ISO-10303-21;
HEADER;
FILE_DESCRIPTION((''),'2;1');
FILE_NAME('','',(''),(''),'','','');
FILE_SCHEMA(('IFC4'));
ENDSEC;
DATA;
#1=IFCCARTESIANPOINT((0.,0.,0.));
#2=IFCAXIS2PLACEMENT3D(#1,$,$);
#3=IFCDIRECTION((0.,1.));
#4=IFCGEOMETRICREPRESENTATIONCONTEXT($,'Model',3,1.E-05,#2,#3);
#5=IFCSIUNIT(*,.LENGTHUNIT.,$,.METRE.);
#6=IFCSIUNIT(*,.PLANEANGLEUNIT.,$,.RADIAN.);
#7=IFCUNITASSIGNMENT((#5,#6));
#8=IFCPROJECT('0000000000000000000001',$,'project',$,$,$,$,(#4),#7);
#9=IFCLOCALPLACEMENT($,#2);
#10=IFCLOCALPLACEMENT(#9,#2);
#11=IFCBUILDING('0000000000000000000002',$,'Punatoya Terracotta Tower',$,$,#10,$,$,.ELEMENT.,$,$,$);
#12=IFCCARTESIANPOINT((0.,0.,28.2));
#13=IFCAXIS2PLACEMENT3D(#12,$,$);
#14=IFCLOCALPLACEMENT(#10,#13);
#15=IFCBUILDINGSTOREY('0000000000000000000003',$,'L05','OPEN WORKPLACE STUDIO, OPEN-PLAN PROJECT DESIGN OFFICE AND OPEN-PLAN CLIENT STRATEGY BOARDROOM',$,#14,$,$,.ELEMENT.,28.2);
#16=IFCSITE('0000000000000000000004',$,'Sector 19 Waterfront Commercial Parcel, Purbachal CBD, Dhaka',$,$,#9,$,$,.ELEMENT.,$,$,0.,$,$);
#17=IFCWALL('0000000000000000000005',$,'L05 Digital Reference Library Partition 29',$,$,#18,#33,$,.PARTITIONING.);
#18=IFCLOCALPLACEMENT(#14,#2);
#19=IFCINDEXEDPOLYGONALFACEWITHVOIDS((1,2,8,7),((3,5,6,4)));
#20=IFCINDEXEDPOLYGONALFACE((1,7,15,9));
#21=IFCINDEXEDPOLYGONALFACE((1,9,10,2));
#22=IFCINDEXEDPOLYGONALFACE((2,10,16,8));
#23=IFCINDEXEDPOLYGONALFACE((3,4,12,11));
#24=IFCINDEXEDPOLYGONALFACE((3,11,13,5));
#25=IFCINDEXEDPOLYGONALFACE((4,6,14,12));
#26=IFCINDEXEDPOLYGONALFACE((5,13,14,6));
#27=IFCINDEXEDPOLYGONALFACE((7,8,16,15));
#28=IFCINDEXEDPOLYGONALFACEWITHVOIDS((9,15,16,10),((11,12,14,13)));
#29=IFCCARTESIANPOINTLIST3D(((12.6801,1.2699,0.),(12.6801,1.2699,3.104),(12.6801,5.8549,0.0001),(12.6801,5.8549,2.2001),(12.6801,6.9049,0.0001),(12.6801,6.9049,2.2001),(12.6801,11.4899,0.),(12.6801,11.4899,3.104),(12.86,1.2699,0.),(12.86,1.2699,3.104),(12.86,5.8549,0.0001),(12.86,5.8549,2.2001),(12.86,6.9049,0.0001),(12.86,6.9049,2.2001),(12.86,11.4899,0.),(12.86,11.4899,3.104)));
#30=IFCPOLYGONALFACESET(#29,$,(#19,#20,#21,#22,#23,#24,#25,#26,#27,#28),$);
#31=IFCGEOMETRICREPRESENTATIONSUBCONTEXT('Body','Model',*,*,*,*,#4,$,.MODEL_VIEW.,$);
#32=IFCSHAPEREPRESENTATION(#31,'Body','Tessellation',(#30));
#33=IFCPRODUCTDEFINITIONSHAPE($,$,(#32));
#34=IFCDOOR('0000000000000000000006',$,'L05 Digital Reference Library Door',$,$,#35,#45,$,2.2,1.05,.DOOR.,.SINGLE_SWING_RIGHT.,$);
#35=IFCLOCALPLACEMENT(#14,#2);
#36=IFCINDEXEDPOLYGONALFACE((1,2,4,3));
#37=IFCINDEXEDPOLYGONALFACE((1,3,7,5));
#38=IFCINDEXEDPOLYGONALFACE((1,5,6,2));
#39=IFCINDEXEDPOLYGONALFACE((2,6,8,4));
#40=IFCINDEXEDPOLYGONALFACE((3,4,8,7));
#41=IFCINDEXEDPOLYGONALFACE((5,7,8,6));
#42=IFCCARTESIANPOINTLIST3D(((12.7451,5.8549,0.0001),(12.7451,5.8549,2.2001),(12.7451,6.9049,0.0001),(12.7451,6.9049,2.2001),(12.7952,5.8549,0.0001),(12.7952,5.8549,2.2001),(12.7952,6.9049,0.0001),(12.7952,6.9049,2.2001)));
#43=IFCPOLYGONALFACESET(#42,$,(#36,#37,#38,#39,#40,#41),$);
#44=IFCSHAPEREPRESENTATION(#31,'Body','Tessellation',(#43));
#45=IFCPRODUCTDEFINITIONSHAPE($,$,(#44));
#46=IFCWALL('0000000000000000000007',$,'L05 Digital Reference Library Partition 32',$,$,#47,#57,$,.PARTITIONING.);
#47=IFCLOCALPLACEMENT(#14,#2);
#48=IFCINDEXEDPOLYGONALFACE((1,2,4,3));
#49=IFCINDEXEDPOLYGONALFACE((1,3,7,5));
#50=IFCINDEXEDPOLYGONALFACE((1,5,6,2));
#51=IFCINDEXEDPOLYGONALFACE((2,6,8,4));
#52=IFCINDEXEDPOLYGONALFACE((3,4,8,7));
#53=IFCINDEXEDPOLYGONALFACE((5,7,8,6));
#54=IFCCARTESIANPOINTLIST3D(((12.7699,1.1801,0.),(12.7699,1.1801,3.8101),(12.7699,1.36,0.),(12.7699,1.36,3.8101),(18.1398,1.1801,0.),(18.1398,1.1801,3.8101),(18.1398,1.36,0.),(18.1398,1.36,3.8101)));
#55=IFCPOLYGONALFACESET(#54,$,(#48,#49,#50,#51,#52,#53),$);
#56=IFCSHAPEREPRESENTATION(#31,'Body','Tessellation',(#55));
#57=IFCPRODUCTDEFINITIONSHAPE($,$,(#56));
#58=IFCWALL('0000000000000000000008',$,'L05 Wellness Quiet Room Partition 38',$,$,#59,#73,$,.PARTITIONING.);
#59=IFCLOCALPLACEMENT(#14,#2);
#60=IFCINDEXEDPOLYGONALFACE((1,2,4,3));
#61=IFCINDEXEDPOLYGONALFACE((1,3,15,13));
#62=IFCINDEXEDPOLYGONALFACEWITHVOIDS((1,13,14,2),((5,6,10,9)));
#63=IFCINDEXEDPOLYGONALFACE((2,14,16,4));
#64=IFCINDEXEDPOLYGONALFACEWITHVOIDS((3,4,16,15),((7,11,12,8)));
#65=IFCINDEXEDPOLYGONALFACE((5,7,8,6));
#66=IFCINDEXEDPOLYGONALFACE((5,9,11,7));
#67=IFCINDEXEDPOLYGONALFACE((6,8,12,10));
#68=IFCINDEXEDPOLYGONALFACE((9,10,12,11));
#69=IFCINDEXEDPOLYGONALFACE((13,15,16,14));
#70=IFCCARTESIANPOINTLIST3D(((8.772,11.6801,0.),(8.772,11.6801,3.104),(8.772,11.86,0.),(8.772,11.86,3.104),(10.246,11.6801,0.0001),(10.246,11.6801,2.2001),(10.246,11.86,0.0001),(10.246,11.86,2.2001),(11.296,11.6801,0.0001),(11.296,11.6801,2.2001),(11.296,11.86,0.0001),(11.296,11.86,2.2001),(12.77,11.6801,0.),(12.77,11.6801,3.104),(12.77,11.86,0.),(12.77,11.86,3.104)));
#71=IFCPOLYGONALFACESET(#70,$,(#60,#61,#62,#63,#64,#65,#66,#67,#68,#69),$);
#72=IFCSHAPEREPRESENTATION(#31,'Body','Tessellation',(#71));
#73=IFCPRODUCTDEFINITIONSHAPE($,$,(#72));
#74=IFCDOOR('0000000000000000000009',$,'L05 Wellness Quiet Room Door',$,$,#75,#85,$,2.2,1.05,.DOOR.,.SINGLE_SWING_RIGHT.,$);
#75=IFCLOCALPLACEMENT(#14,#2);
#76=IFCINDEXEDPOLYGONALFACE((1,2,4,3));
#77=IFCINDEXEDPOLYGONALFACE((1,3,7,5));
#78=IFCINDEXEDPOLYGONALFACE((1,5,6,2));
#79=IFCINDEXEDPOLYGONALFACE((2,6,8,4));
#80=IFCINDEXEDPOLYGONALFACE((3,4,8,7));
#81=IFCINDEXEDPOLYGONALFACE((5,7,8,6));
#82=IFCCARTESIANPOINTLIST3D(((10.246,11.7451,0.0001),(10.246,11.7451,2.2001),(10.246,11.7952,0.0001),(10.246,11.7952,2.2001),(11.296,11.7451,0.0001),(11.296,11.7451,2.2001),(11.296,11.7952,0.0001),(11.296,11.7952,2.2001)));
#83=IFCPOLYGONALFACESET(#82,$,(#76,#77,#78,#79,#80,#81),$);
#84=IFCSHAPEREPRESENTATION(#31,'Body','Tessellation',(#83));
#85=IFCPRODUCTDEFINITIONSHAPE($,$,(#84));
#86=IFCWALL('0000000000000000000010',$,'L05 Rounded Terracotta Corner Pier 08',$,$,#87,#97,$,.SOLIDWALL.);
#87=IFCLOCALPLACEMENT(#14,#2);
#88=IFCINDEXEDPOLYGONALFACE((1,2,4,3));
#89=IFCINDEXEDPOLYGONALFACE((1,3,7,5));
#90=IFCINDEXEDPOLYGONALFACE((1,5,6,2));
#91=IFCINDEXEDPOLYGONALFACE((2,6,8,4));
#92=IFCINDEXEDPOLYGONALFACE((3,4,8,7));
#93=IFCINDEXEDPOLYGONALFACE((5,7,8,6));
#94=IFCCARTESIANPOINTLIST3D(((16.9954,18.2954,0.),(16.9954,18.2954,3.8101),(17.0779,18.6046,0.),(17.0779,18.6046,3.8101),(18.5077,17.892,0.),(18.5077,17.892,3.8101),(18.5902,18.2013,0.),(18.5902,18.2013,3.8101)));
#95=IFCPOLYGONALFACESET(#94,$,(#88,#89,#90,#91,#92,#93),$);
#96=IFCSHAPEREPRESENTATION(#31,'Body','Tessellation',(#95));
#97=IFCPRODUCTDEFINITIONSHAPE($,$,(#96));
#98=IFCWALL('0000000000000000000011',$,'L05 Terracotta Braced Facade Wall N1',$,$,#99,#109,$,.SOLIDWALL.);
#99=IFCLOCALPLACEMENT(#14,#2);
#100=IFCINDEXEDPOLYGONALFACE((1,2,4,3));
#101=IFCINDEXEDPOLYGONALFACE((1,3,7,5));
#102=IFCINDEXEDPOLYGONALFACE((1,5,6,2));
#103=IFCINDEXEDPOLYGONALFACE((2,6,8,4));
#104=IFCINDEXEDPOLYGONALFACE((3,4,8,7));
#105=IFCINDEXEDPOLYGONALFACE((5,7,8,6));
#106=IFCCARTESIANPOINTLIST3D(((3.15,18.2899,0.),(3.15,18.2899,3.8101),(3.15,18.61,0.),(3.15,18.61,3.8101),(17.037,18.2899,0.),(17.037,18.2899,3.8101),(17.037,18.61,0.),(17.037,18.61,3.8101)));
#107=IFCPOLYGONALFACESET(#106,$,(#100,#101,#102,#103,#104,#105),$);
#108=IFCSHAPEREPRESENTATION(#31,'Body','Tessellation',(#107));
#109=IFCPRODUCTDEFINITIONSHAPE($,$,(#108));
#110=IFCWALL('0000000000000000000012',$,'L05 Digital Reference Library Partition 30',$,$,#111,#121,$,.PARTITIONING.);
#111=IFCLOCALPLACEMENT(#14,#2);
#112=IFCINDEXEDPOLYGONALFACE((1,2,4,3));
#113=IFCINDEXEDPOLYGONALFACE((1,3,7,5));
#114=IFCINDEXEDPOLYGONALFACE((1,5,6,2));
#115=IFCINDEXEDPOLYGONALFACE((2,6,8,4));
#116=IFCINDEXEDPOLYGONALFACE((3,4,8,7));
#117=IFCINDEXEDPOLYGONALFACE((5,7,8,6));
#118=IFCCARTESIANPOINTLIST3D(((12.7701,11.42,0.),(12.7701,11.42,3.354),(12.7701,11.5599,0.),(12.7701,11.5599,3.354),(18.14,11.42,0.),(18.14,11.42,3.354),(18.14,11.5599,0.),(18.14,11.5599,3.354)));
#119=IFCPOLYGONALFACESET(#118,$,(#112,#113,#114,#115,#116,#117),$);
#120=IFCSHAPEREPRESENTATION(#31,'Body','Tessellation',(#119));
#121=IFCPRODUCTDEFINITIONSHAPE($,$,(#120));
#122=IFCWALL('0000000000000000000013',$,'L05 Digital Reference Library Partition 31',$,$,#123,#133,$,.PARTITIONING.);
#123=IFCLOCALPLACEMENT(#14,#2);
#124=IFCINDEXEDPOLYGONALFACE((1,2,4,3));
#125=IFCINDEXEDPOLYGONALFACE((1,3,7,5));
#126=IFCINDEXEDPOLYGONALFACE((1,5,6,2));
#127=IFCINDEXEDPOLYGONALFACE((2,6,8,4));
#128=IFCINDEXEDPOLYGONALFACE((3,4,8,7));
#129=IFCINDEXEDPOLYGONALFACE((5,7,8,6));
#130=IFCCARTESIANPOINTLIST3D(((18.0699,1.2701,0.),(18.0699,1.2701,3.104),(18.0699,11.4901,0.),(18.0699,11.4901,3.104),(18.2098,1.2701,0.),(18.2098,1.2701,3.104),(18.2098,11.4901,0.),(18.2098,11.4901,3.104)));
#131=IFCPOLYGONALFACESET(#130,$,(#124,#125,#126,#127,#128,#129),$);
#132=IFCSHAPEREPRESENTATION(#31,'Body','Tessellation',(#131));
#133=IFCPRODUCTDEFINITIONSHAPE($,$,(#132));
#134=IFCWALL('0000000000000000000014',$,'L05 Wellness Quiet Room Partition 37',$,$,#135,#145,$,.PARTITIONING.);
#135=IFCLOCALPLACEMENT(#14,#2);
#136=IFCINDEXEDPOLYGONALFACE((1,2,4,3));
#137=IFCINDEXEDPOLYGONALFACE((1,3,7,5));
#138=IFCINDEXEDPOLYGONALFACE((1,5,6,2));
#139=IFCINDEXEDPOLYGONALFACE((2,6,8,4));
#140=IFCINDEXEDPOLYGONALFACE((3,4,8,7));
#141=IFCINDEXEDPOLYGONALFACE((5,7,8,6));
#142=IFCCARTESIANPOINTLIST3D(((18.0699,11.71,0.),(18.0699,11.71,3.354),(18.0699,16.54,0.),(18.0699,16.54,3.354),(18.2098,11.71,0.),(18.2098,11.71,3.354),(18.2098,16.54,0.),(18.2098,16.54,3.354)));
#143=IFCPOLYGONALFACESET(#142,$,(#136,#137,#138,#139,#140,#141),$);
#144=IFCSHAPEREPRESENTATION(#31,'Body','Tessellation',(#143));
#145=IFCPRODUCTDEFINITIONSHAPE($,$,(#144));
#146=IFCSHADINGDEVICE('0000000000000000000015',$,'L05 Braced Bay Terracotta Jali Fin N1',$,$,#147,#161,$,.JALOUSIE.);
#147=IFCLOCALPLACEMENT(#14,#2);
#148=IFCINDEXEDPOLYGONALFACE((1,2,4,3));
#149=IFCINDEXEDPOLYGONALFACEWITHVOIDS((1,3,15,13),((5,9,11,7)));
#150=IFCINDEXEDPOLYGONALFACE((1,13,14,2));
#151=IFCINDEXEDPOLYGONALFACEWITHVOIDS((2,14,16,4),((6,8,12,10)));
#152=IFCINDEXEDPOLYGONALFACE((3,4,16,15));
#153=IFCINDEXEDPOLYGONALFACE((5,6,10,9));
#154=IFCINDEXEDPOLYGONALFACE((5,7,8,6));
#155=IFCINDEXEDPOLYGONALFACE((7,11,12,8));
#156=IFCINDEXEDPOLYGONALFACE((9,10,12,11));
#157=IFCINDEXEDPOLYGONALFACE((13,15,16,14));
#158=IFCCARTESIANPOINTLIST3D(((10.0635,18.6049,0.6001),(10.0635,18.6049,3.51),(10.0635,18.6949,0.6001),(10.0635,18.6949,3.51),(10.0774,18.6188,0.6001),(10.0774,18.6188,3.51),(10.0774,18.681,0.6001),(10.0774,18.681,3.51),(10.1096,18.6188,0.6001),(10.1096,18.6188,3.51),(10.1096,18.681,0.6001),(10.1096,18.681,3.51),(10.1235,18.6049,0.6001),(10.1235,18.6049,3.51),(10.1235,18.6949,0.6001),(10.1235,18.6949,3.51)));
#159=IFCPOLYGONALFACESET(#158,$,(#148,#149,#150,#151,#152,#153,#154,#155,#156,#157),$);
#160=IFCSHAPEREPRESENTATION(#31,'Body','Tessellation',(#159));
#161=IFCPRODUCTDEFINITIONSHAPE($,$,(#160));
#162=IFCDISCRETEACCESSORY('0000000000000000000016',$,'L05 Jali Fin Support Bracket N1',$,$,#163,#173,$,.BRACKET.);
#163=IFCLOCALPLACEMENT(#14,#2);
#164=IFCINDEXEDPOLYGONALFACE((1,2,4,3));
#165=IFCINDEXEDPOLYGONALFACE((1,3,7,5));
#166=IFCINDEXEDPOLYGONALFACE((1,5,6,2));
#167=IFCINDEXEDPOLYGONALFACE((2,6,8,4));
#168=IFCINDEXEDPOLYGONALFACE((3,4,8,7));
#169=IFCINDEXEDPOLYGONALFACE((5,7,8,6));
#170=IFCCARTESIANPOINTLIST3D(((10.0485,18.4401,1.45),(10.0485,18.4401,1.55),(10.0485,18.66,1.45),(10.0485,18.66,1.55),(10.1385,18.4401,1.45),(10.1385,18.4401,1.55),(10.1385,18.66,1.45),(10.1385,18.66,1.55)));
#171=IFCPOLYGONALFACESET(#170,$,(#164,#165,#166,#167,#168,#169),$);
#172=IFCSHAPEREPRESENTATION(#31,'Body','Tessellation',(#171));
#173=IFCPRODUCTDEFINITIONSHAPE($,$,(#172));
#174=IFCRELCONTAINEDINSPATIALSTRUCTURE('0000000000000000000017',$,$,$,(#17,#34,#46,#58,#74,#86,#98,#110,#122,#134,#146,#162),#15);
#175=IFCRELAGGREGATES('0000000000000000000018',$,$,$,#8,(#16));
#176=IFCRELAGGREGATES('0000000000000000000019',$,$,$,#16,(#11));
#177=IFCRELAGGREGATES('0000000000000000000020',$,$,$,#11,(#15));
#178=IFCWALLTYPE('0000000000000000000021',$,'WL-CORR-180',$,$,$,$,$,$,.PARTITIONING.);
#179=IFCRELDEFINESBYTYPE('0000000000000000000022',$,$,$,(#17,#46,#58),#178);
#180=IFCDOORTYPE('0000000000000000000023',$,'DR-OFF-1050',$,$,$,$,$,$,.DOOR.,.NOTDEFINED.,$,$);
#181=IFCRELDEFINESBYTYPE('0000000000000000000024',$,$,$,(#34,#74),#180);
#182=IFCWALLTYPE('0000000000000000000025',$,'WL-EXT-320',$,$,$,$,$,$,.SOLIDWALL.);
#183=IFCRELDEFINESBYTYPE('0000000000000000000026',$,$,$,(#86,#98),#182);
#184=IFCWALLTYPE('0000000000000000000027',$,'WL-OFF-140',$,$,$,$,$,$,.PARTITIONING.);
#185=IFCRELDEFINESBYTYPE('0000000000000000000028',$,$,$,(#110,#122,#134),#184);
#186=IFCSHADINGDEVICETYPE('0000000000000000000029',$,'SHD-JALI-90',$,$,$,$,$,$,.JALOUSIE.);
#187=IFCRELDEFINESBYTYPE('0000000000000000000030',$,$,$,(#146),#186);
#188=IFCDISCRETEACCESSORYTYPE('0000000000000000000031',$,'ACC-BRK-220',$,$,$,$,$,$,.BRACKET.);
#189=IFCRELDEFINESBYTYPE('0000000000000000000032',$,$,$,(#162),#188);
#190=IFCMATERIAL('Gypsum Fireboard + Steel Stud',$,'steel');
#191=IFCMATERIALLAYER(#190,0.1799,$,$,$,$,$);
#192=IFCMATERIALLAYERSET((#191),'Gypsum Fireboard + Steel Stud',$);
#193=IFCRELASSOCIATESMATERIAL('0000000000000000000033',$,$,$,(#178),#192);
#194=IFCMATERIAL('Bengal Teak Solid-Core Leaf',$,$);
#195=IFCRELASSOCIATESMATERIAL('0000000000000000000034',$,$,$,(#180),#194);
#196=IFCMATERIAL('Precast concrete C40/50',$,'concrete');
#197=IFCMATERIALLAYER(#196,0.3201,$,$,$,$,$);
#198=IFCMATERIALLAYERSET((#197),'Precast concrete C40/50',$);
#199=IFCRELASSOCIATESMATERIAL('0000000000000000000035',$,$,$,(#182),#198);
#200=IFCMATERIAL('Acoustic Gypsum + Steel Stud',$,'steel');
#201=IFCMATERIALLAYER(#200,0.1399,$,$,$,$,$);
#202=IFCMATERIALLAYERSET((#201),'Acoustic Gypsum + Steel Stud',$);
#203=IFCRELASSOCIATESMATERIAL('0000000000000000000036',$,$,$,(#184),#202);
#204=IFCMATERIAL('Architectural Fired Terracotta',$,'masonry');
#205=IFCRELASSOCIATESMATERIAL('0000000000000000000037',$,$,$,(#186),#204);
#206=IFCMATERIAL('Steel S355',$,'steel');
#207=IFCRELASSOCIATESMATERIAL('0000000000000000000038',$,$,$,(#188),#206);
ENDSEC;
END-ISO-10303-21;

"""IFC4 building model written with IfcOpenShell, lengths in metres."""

from ifc_helpers import new_model, si_unit, direction, frame, frame_2d, origin, origin_2d, place, context, subcontext, project, spatial, rectangle, hollow_rectangle, extrude, material, layer, layer_set, material_profile, profile_set, type_object, element, fill, save


model = new_model("IFC4")

# Units and contexts
model_context = context("Model", 3, precision=1e-05, world=origin(), true_north=direction((0.0, 1.0)))
body_context = subcontext(model_context, "Body", "Model", "MODEL_VIEW")
ifc_project = project(units=[si_unit("LENGTHUNIT", "METRE"), si_unit("PLANEANGLEUNIT", "RADIAN")], contexts=[model_context])

# Site, building, storey
site_placement = place(None, origin())
site = spatial("IfcSite", under=ifc_project, at=site_placement, Name="Sector 19 Waterfront Commercial Parcel, Purbachal CBD, Dhaka", CompositionType="ELEMENT", RefElevation=0.0)
building_placement = place(site_placement, origin())
building = spatial("IfcBuilding", under=site, at=building_placement, Name="Punatoya Terracotta Tower", CompositionType="ELEMENT")
storey_placement = place(building_placement, frame((0.0, 0.0, 28.2)))
storey = spatial("IfcBuildingStorey", under=building, at=storey_placement, Name="L05", Description="OPEN WORKPLACE STUDIO, OPEN-PLAN PROJECT DESIGN OFFICE AND OPEN-PLAN CLIENT STRATEGY BOARDROOM", CompositionType="ELEMENT", Elevation=28.2)

# Shared definitions
ifc_material_1 = material(Name="Steel S355", Category="steel")

# Wall, opening, door
ifc_material_2 = material(Name="Gypsum Fireboard + Steel Stud", Category="steel")
ifc_layer_1 = layer(ifc_material_2, 0.1799)
ifc_layer_set_1 = layer_set([ifc_layer_1], Name="Gypsum Fireboard + Steel Stud")
wall_type_1 = type_object("IfcWallType", Name="WL-CORR-180", PredefinedType="PARTITIONING", material=ifc_layer_set_1)
wall_1_placement = place(storey_placement, frame((12.77, 1.27, 0.0), z_axis=(0.0, 0.0, 1.0), x_axis=(0.0, 1.0, 0.0)))
wall_1 = element("IfcWall", 1, at=wall_1_placement, inside=storey, type_object=wall_type_1, Name="L05 Digital Reference Library Partition 29", PredefinedType="PARTITIONING", context=body_context, shape_type="SweptSolid", body=[
    extrude(rectangle(XDim=10.22, YDim=0.1799, at=frame_2d((5.1099, 0.0))), origin(), (0.0, 0.0, 1.0), 3.104),
])
opening_1_placement = place(wall_1_placement, frame((4.585, 0.0, 0.0)))
opening_1 = element("IfcOpeningElement", 2, at=opening_1_placement, cuts=wall_1, PredefinedType="OPENING", context=body_context, shape_type="SweptSolid", body=[
    extrude(rectangle(XDim=1.05, YDim=2.2, at=frame_2d((0.5249, 1.1001))), frame((0.0, 0.0999, 0.0), z_axis=(0.0, -1.0, 0.0), x_axis=(1.0, 0.0, 0.0)), (0.0, 0.0, 1.0), 0.2),
])
ifc_material_3 = material(Name="Bengal Teak Solid-Core Leaf")
door_type_1 = type_object("IfcDoorType", Name="DR-OFF-1050", OperationType="NOTDEFINED", PredefinedType="DOOR", material=ifc_material_3)
door_1_placement = place(opening_1_placement, origin())
door_1 = element("IfcDoor", 3, at=door_1_placement, inside=storey, type_object=door_type_1, Name="L05 Digital Reference Library Door", OperationType="SINGLE_SWING_RIGHT", OverallHeight=2.2, OverallWidth=1.05, PredefinedType="DOOR", context=body_context, shape_type="SweptSolid", body=[
    extrude(rectangle(XDim=1.05, YDim=2.2, at=frame_2d((0.5249, 1.1001))), frame((0.0, 0.0249, 0.0), z_axis=(0.0, -1.0, 0.0), x_axis=(1.0, 0.0, 0.0)), (0.0, 0.0, 1.0), 0.05),
])
fill(opening_1, door_1)

# Wall
wall_2_placement = place(storey_placement, frame((18.1399, 1.27, 0.0), z_axis=(0.0, 0.0, 1.0), x_axis=(-1.0, 0.0, 0.0)))
element("IfcWall", 4, at=wall_2_placement, inside=storey, type_object=wall_type_1, Name="L05 Digital Reference Library Partition 32", PredefinedType="PARTITIONING", context=body_context, shape_type="SweptSolid", body=[
    extrude(rectangle(XDim=5.3699, YDim=0.1799, at=frame_2d((2.6851, 0.0))), origin(), (0.0, 0.0, 1.0), 3.8101),
])

# Wall, opening, door
wall_3_placement = place(storey_placement, frame((12.77, 11.77, 0.0), z_axis=(0.0, 0.0, 1.0), x_axis=(-1.0, 0.0, 0.0)))
wall_3 = element("IfcWall", 5, at=wall_3_placement, inside=storey, type_object=wall_type_1, Name="L05 Wellness Quiet Room Partition 38", PredefinedType="PARTITIONING", context=body_context, shape_type="SweptSolid", body=[
    extrude(rectangle(XDim=3.998, YDim=0.1799, at=frame_2d((1.999, 0.0))), origin(), (0.0, 0.0, 1.0), 3.104),
])
opening_2_placement = place(wall_3_placement, frame((1.4741, 0.0, 0.0)))
opening_2 = element("IfcOpeningElement", 6, at=opening_2_placement, cuts=wall_3, PredefinedType="OPENING", context=body_context, shape_type="SweptSolid", body=[
    extrude(rectangle(XDim=1.05, YDim=2.2, at=frame_2d((0.5249, 1.1001))), frame((0.0, 0.0999, 0.0), z_axis=(0.0, -1.0, 0.0), x_axis=(1.0, 0.0, 0.0)), (0.0, 0.0, 1.0), 0.2),
])
door_2_placement = place(opening_2_placement, origin())
door_2 = element("IfcDoor", 7, at=door_2_placement, inside=storey, type_object=door_type_1, Name="L05 Wellness Quiet Room Door", OperationType="SINGLE_SWING_RIGHT", OverallHeight=2.2, OverallWidth=1.05, PredefinedType="DOOR", context=body_context, shape_type="SweptSolid", body=[
    extrude(rectangle(XDim=1.05, YDim=2.2, at=frame_2d((0.5249, 1.1001))), frame((0.0, 0.0249, 0.0), z_axis=(0.0, -1.0, 0.0), x_axis=(1.0, 0.0, 0.0)), (0.0, 0.0, 1.0), 0.05),
])
fill(opening_2, door_2)

# Walls
ifc_material_4 = material(Name="Precast concrete C40/50", Category="concrete")
ifc_layer_2 = layer(ifc_material_4, 0.3201)
ifc_layer_set_2 = layer_set([ifc_layer_2], Name="Precast concrete C40/50")
wall_type_2 = type_object("IfcWallType", Name="WL-EXT-320", PredefinedType="SOLIDWALL", material=ifc_layer_set_2)
wall_4_placement = place(storey_placement, frame((18.5491, 18.0466, 0.0), z_axis=(0.0, 0.0, 1.0), x_axis=(-0.966225, 0.257701, 0.0)))
element("IfcWall", 8, at=wall_4_placement, inside=storey, type_object=wall_type_2, Name="L05 Rounded Terracotta Corner Pier 08", PredefinedType="SOLIDWALL", context=body_context, shape_type="SweptSolid", body=[
    extrude(rectangle(XDim=1.5652, YDim=0.3201, at=frame_2d((0.7827, 0.0))), origin(), (0.0, 0.0, 1.0), 3.8101),
])
wall_5_placement = place(storey_placement, frame((17.0369, 18.45, 0.0), z_axis=(0.0, 0.0, 1.0), x_axis=(-1.0, 0.0, 0.0)))
element("IfcWall", 9, at=wall_5_placement, inside=storey, type_object=wall_type_2, Name="L05 Terracotta Braced Facade Wall N1", PredefinedType="SOLIDWALL", context=body_context, shape_type="SweptSolid", body=[
    extrude(rectangle(XDim=13.887, YDim=0.3201, at=frame_2d((6.9434, 0.0))), origin(), (0.0, 0.0, 1.0), 3.8101),
])
ifc_material_5 = material(Name="Acoustic Gypsum + Steel Stud", Category="steel")
ifc_layer_3 = layer(ifc_material_5, 0.1399)
ifc_layer_set_3 = layer_set([ifc_layer_3], Name="Acoustic Gypsum + Steel Stud")
wall_type_3 = type_object("IfcWallType", Name="WL-OFF-140", PredefinedType="PARTITIONING", material=ifc_layer_set_3)
wall_6_placement = place(storey_placement, frame((12.77, 11.49, 0.0), z_axis=(0.0, 0.0, 1.0), x_axis=(1.0, 0.0, 0.0)))
element("IfcWall", 10, at=wall_6_placement, inside=storey, type_object=wall_type_3, Name="L05 Digital Reference Library Partition 30", PredefinedType="PARTITIONING", context=body_context, shape_type="SweptSolid", body=[
    extrude(rectangle(XDim=5.3699, YDim=0.1399, at=frame_2d((2.6851, 0.0))), origin(), (0.0, 0.0, 1.0), 3.354),
])
wall_7_placement = place(storey_placement, frame((18.1399, 11.49, 0.0), z_axis=(0.0, 0.0, 1.0), x_axis=(0.0, -1.0, 0.0)))
element("IfcWall", 11, at=wall_7_placement, inside=storey, type_object=wall_type_3, Name="L05 Digital Reference Library Partition 31", PredefinedType="PARTITIONING", context=body_context, shape_type="SweptSolid", body=[
    extrude(rectangle(XDim=10.22, YDim=0.1399, at=frame_2d((5.1099, 0.0))), origin(), (0.0, 0.0, 1.0), 3.104),
])
wall_8_placement = place(storey_placement, frame((18.1399, 16.54, 0.0), z_axis=(0.0, 0.0, 1.0), x_axis=(0.0, -1.0, 0.0)))
element("IfcWall", 12, at=wall_8_placement, inside=storey, type_object=wall_type_3, Name="L05 Wellness Quiet Room Partition 37", PredefinedType="PARTITIONING", context=body_context, shape_type="SweptSolid", body=[
    extrude(rectangle(XDim=4.8301, YDim=0.1399, at=frame_2d((2.415, 0.0))), origin(), (0.0, 0.0, 1.0), 3.354),
])

# Shading device
ifc_material_6 = material(Name="Architectural Fired Terracotta", Category="masonry")
ifc_material_profile_1 = material_profile(ifc_material_6, hollow_rectangle(XDim=0.0601, YDim=0.0901, WallThickness=0.0139, at=origin_2d()))
ifc_profile_set_1 = profile_set([ifc_material_profile_1], Name="Architectural Fired Terracotta")
shading_device_type = type_object("IfcShadingDeviceType", Name="SHD-JALI-90", PredefinedType="JALOUSIE", material=ifc_profile_set_1)
shading_device_placement = place(storey_placement, frame((10.0935, 18.6499, 0.6001), z_axis=(0.0, 0.0, 1.0), x_axis=(1.0, 0.0, 0.0)))
element("IfcShadingDevice", 13, at=shading_device_placement, inside=storey, type_object=shading_device_type, Name="L05 Braced Bay Terracotta Jali Fin N1", PredefinedType="JALOUSIE", context=body_context, shape_type="SweptSolid", body=[
    extrude(hollow_rectangle(XDim=0.0601, YDim=0.0901, WallThickness=0.0139, at=origin_2d()), origin(), (0.0, 0.0, 1.0), 2.9099),
])

# Discrete accessory
discrete_accessory_type = type_object("IfcDiscreteAccessoryType", Name="ACC-BRK-220", PredefinedType="BRACKET", material=ifc_material_1)
discrete_accessory_placement = place(storey_placement, frame((10.0935, 18.55, 1.45), z_axis=(0.0, 0.0, 1.0), x_axis=(-1.0, 0.0, 0.0)))
element("IfcDiscreteAccessory", 14, at=discrete_accessory_placement, inside=storey, type_object=discrete_accessory_type, Name="L05 Jali Fin Support Bracket N1", PredefinedType="BRACKET", context=body_context, shape_type="SweptSolid", body=[
    extrude(rectangle(XDim=0.0901, YDim=0.22, at=origin_2d()), origin(), (0.0, 0.0, 1.0), 0.1001),
])

save(model, "model.ifc")
